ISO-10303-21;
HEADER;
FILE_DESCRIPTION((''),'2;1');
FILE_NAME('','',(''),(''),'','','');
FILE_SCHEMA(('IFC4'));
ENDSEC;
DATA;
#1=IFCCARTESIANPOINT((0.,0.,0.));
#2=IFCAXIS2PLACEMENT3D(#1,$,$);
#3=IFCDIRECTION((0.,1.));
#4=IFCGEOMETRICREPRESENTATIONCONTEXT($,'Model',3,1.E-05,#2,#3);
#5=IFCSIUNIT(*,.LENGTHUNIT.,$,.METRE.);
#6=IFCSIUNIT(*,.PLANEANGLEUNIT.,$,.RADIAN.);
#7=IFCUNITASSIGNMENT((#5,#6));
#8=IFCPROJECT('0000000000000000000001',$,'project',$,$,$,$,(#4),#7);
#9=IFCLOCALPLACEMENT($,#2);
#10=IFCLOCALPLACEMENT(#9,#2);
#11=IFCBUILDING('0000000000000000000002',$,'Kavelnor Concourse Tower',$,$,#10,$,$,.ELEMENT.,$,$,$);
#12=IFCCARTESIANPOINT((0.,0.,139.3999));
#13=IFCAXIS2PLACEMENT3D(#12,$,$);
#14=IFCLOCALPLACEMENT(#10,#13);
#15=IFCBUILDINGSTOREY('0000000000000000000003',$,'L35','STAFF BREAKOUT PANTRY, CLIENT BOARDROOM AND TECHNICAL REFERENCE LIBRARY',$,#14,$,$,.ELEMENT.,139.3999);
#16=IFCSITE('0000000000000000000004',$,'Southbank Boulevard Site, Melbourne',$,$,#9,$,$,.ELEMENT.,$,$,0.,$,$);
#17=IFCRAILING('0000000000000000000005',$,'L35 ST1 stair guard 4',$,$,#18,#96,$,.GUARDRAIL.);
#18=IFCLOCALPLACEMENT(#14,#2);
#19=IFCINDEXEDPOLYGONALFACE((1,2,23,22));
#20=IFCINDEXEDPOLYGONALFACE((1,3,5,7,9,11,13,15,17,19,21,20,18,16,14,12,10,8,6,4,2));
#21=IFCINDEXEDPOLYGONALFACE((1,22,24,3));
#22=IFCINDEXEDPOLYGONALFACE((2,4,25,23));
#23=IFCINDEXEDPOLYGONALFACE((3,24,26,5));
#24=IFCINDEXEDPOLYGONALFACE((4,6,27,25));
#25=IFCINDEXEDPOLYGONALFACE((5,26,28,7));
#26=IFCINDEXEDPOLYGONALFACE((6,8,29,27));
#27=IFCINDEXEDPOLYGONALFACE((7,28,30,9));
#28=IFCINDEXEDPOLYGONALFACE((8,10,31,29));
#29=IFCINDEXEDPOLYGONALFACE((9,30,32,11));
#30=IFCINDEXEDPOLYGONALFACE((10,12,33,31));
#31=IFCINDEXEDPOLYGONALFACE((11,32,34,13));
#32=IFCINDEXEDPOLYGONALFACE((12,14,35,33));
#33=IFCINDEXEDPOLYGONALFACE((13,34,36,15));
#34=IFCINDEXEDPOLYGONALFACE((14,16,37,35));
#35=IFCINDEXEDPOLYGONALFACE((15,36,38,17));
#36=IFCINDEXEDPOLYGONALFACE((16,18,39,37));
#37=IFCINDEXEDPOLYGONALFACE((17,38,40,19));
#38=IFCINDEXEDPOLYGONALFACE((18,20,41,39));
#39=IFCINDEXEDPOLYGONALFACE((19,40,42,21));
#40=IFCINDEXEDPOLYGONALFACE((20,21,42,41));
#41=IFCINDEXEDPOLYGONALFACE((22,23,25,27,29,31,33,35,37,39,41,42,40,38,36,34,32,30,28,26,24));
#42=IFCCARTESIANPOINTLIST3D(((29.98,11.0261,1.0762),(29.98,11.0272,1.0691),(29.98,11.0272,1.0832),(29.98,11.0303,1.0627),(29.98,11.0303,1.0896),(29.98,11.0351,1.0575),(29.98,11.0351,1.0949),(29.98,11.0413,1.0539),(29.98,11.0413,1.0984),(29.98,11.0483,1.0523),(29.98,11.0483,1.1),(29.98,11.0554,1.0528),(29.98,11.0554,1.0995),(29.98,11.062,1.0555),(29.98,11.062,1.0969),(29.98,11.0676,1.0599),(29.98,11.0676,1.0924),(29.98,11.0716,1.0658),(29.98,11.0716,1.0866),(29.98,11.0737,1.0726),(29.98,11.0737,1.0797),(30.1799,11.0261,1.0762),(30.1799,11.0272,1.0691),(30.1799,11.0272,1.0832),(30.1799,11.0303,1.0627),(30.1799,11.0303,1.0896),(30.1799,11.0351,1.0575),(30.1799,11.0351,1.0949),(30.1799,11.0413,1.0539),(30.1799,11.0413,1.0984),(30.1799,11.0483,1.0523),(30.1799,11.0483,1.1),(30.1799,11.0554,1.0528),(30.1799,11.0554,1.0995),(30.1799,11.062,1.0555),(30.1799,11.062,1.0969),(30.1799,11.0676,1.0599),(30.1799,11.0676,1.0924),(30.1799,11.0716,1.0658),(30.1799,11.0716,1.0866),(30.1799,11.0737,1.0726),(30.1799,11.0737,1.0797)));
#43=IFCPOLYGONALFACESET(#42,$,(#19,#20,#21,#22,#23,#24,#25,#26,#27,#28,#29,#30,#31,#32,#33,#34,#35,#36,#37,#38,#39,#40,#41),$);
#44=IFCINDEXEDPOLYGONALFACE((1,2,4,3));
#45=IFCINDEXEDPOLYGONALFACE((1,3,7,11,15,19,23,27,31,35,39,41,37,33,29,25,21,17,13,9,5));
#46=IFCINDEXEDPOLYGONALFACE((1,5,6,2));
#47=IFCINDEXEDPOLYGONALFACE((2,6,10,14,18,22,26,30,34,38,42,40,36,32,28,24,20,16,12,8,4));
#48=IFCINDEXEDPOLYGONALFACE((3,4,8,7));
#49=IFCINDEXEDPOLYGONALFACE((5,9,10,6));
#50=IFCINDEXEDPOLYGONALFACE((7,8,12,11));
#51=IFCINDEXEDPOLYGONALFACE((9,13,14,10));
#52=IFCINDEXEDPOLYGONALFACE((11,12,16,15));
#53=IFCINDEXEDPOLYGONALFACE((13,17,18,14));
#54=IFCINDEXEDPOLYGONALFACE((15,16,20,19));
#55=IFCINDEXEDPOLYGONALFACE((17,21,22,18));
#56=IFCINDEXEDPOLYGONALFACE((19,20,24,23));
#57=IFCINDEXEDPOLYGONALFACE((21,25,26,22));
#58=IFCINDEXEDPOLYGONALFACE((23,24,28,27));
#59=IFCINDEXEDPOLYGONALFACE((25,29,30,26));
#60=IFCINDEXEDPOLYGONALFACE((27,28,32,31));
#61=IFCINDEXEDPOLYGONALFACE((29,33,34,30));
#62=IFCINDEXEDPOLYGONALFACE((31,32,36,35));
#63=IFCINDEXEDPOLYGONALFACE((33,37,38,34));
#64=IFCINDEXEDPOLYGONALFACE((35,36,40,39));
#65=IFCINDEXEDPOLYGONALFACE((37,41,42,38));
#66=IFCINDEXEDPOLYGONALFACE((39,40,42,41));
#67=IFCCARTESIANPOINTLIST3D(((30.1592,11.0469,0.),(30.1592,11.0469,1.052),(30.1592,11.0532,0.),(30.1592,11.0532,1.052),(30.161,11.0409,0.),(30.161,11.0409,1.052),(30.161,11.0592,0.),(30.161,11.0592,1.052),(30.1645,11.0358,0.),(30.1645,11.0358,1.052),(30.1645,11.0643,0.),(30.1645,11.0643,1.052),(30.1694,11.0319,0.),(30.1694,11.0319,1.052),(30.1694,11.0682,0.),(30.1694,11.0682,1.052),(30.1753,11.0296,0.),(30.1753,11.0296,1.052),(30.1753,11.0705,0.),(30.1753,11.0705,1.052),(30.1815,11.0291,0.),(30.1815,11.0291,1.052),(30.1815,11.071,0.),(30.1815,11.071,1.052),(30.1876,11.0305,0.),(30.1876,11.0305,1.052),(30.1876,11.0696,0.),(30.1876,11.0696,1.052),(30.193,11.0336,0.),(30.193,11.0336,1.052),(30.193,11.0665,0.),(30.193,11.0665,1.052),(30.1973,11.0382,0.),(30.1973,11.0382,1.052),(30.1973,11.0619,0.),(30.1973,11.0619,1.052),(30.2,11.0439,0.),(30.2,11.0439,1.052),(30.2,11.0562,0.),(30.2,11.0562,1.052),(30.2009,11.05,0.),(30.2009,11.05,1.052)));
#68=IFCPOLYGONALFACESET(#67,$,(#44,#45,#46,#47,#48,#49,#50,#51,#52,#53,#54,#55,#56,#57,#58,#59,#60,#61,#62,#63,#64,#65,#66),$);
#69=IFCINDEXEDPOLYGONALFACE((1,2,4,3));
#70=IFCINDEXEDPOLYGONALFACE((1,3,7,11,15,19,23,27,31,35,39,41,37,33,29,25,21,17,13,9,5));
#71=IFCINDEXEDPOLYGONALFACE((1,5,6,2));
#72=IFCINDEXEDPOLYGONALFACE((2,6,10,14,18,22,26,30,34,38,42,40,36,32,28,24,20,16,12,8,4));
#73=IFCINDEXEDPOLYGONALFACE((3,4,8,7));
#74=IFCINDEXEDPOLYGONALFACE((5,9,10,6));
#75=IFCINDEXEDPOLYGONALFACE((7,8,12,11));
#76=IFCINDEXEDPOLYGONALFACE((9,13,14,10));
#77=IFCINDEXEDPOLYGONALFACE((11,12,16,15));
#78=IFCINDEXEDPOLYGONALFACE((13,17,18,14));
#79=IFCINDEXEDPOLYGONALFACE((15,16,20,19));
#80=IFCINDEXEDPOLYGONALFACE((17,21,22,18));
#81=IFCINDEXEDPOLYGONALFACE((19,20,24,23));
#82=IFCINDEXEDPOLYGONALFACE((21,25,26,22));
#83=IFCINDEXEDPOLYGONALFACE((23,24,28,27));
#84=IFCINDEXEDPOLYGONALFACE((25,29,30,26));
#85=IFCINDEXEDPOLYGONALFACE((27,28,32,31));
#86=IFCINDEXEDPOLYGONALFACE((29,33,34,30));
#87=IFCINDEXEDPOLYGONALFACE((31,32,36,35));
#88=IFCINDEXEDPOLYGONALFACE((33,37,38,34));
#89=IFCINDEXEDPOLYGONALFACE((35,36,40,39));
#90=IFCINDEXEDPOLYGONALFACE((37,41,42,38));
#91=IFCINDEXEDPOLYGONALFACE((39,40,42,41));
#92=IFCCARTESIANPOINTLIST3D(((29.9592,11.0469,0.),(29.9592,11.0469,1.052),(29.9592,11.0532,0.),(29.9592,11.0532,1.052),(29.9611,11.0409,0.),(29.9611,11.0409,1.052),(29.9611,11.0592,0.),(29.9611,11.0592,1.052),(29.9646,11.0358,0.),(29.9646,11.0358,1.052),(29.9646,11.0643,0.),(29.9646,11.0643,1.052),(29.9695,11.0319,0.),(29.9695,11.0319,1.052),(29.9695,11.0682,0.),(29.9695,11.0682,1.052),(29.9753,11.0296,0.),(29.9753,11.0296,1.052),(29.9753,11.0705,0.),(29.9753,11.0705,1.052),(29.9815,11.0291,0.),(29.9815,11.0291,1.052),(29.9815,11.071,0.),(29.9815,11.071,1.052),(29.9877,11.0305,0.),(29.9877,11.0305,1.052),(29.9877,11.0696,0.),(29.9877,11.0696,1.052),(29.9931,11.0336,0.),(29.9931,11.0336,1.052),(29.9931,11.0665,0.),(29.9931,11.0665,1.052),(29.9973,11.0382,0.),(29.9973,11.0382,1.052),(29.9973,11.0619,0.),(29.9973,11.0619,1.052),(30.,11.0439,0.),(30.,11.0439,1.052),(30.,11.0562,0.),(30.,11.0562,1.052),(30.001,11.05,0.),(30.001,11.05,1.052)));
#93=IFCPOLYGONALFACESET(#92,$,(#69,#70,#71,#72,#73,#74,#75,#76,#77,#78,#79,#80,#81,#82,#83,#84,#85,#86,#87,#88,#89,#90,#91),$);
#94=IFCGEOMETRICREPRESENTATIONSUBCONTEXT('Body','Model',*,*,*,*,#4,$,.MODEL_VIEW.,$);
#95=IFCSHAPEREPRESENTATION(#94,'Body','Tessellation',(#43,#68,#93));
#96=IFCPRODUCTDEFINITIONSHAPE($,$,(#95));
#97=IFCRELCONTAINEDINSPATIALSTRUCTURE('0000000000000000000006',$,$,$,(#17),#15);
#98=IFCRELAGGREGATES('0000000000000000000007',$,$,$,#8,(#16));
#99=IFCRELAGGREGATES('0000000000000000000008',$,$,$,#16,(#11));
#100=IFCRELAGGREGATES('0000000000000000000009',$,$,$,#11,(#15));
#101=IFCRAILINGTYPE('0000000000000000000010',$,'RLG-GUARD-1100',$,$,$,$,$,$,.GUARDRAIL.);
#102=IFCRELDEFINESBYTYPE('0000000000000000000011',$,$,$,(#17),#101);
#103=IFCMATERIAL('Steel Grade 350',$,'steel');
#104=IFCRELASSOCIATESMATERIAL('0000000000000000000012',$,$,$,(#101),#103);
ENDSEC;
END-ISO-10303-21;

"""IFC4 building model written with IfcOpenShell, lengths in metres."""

from ifc_helpers import new_model, si_unit, direction, frame, origin, origin_2d, place, context, subcontext, project, spatial, circle, extrude, material, type_object, element, save


model = new_model("IFC4")

# Units and contexts
model_context = context("Model", 3, precision=1e-05, world=origin(), true_north=direction((0.0, 1.0)))
body_context = subcontext(model_context, "Body", "Model", "MODEL_VIEW")
ifc_project = project(units=[si_unit("LENGTHUNIT", "METRE"), si_unit("PLANEANGLEUNIT", "RADIAN")], contexts=[model_context])

# Site, building, storey
site_placement = place(None, origin())
site = spatial("IfcSite", under=ifc_project, at=site_placement, Name="Southbank Boulevard Site, Melbourne", CompositionType="ELEMENT", RefElevation=0.0)
building_placement = place(site_placement, origin())
building = spatial("IfcBuilding", under=site, at=building_placement, Name="Kavelnor Concourse Tower", CompositionType="ELEMENT")
storey_placement = place(building_placement, frame((0.0, 0.0, 139.3999)))
storey = spatial("IfcBuildingStorey", under=building, at=storey_placement, Name="L35", Description="STAFF BREAKOUT PANTRY, CLIENT BOARDROOM AND TECHNICAL REFERENCE LIBRARY", CompositionType="ELEMENT", Elevation=139.3999)

# Shared definitions
ifc_material_1 = material(Name="Steel Grade 350", Category="steel")

# Railing
railing_type_1 = type_object("IfcRailingType", Name="RLG-GUARD-1100", PredefinedType="GUARDRAIL", material=ifc_material_1)
railing_1_placement = place(storey_placement, frame((30.1799, 11.05, 0.0)))
element("IfcRailing", 1, at=railing_1_placement, inside=storey, type_object=railing_type_1, Name="L35 ST1 stair guard 4", PredefinedType="GUARDRAIL", context=body_context, shape_type="SweptSolid", body=[
    extrude(circle(Radius=0.0239, at=origin_2d()), frame((0.0, 0.0, 1.0762), z_axis=(-1.0, 0.0, 0.0), x_axis=(0.0, -1.0, 0.0)), (0.0, 0.0, 1.0), 0.2),
    extrude(circle(Radius=0.021, at=origin_2d()), origin(), (0.0, 0.0, 1.0), 1.052),
    extrude(circle(Radius=0.021, at=origin_2d()), frame((-0.2, 0.0, 0.0)), (0.0, 0.0, 1.0), 1.052),
])

save(model, "model.ifc")
